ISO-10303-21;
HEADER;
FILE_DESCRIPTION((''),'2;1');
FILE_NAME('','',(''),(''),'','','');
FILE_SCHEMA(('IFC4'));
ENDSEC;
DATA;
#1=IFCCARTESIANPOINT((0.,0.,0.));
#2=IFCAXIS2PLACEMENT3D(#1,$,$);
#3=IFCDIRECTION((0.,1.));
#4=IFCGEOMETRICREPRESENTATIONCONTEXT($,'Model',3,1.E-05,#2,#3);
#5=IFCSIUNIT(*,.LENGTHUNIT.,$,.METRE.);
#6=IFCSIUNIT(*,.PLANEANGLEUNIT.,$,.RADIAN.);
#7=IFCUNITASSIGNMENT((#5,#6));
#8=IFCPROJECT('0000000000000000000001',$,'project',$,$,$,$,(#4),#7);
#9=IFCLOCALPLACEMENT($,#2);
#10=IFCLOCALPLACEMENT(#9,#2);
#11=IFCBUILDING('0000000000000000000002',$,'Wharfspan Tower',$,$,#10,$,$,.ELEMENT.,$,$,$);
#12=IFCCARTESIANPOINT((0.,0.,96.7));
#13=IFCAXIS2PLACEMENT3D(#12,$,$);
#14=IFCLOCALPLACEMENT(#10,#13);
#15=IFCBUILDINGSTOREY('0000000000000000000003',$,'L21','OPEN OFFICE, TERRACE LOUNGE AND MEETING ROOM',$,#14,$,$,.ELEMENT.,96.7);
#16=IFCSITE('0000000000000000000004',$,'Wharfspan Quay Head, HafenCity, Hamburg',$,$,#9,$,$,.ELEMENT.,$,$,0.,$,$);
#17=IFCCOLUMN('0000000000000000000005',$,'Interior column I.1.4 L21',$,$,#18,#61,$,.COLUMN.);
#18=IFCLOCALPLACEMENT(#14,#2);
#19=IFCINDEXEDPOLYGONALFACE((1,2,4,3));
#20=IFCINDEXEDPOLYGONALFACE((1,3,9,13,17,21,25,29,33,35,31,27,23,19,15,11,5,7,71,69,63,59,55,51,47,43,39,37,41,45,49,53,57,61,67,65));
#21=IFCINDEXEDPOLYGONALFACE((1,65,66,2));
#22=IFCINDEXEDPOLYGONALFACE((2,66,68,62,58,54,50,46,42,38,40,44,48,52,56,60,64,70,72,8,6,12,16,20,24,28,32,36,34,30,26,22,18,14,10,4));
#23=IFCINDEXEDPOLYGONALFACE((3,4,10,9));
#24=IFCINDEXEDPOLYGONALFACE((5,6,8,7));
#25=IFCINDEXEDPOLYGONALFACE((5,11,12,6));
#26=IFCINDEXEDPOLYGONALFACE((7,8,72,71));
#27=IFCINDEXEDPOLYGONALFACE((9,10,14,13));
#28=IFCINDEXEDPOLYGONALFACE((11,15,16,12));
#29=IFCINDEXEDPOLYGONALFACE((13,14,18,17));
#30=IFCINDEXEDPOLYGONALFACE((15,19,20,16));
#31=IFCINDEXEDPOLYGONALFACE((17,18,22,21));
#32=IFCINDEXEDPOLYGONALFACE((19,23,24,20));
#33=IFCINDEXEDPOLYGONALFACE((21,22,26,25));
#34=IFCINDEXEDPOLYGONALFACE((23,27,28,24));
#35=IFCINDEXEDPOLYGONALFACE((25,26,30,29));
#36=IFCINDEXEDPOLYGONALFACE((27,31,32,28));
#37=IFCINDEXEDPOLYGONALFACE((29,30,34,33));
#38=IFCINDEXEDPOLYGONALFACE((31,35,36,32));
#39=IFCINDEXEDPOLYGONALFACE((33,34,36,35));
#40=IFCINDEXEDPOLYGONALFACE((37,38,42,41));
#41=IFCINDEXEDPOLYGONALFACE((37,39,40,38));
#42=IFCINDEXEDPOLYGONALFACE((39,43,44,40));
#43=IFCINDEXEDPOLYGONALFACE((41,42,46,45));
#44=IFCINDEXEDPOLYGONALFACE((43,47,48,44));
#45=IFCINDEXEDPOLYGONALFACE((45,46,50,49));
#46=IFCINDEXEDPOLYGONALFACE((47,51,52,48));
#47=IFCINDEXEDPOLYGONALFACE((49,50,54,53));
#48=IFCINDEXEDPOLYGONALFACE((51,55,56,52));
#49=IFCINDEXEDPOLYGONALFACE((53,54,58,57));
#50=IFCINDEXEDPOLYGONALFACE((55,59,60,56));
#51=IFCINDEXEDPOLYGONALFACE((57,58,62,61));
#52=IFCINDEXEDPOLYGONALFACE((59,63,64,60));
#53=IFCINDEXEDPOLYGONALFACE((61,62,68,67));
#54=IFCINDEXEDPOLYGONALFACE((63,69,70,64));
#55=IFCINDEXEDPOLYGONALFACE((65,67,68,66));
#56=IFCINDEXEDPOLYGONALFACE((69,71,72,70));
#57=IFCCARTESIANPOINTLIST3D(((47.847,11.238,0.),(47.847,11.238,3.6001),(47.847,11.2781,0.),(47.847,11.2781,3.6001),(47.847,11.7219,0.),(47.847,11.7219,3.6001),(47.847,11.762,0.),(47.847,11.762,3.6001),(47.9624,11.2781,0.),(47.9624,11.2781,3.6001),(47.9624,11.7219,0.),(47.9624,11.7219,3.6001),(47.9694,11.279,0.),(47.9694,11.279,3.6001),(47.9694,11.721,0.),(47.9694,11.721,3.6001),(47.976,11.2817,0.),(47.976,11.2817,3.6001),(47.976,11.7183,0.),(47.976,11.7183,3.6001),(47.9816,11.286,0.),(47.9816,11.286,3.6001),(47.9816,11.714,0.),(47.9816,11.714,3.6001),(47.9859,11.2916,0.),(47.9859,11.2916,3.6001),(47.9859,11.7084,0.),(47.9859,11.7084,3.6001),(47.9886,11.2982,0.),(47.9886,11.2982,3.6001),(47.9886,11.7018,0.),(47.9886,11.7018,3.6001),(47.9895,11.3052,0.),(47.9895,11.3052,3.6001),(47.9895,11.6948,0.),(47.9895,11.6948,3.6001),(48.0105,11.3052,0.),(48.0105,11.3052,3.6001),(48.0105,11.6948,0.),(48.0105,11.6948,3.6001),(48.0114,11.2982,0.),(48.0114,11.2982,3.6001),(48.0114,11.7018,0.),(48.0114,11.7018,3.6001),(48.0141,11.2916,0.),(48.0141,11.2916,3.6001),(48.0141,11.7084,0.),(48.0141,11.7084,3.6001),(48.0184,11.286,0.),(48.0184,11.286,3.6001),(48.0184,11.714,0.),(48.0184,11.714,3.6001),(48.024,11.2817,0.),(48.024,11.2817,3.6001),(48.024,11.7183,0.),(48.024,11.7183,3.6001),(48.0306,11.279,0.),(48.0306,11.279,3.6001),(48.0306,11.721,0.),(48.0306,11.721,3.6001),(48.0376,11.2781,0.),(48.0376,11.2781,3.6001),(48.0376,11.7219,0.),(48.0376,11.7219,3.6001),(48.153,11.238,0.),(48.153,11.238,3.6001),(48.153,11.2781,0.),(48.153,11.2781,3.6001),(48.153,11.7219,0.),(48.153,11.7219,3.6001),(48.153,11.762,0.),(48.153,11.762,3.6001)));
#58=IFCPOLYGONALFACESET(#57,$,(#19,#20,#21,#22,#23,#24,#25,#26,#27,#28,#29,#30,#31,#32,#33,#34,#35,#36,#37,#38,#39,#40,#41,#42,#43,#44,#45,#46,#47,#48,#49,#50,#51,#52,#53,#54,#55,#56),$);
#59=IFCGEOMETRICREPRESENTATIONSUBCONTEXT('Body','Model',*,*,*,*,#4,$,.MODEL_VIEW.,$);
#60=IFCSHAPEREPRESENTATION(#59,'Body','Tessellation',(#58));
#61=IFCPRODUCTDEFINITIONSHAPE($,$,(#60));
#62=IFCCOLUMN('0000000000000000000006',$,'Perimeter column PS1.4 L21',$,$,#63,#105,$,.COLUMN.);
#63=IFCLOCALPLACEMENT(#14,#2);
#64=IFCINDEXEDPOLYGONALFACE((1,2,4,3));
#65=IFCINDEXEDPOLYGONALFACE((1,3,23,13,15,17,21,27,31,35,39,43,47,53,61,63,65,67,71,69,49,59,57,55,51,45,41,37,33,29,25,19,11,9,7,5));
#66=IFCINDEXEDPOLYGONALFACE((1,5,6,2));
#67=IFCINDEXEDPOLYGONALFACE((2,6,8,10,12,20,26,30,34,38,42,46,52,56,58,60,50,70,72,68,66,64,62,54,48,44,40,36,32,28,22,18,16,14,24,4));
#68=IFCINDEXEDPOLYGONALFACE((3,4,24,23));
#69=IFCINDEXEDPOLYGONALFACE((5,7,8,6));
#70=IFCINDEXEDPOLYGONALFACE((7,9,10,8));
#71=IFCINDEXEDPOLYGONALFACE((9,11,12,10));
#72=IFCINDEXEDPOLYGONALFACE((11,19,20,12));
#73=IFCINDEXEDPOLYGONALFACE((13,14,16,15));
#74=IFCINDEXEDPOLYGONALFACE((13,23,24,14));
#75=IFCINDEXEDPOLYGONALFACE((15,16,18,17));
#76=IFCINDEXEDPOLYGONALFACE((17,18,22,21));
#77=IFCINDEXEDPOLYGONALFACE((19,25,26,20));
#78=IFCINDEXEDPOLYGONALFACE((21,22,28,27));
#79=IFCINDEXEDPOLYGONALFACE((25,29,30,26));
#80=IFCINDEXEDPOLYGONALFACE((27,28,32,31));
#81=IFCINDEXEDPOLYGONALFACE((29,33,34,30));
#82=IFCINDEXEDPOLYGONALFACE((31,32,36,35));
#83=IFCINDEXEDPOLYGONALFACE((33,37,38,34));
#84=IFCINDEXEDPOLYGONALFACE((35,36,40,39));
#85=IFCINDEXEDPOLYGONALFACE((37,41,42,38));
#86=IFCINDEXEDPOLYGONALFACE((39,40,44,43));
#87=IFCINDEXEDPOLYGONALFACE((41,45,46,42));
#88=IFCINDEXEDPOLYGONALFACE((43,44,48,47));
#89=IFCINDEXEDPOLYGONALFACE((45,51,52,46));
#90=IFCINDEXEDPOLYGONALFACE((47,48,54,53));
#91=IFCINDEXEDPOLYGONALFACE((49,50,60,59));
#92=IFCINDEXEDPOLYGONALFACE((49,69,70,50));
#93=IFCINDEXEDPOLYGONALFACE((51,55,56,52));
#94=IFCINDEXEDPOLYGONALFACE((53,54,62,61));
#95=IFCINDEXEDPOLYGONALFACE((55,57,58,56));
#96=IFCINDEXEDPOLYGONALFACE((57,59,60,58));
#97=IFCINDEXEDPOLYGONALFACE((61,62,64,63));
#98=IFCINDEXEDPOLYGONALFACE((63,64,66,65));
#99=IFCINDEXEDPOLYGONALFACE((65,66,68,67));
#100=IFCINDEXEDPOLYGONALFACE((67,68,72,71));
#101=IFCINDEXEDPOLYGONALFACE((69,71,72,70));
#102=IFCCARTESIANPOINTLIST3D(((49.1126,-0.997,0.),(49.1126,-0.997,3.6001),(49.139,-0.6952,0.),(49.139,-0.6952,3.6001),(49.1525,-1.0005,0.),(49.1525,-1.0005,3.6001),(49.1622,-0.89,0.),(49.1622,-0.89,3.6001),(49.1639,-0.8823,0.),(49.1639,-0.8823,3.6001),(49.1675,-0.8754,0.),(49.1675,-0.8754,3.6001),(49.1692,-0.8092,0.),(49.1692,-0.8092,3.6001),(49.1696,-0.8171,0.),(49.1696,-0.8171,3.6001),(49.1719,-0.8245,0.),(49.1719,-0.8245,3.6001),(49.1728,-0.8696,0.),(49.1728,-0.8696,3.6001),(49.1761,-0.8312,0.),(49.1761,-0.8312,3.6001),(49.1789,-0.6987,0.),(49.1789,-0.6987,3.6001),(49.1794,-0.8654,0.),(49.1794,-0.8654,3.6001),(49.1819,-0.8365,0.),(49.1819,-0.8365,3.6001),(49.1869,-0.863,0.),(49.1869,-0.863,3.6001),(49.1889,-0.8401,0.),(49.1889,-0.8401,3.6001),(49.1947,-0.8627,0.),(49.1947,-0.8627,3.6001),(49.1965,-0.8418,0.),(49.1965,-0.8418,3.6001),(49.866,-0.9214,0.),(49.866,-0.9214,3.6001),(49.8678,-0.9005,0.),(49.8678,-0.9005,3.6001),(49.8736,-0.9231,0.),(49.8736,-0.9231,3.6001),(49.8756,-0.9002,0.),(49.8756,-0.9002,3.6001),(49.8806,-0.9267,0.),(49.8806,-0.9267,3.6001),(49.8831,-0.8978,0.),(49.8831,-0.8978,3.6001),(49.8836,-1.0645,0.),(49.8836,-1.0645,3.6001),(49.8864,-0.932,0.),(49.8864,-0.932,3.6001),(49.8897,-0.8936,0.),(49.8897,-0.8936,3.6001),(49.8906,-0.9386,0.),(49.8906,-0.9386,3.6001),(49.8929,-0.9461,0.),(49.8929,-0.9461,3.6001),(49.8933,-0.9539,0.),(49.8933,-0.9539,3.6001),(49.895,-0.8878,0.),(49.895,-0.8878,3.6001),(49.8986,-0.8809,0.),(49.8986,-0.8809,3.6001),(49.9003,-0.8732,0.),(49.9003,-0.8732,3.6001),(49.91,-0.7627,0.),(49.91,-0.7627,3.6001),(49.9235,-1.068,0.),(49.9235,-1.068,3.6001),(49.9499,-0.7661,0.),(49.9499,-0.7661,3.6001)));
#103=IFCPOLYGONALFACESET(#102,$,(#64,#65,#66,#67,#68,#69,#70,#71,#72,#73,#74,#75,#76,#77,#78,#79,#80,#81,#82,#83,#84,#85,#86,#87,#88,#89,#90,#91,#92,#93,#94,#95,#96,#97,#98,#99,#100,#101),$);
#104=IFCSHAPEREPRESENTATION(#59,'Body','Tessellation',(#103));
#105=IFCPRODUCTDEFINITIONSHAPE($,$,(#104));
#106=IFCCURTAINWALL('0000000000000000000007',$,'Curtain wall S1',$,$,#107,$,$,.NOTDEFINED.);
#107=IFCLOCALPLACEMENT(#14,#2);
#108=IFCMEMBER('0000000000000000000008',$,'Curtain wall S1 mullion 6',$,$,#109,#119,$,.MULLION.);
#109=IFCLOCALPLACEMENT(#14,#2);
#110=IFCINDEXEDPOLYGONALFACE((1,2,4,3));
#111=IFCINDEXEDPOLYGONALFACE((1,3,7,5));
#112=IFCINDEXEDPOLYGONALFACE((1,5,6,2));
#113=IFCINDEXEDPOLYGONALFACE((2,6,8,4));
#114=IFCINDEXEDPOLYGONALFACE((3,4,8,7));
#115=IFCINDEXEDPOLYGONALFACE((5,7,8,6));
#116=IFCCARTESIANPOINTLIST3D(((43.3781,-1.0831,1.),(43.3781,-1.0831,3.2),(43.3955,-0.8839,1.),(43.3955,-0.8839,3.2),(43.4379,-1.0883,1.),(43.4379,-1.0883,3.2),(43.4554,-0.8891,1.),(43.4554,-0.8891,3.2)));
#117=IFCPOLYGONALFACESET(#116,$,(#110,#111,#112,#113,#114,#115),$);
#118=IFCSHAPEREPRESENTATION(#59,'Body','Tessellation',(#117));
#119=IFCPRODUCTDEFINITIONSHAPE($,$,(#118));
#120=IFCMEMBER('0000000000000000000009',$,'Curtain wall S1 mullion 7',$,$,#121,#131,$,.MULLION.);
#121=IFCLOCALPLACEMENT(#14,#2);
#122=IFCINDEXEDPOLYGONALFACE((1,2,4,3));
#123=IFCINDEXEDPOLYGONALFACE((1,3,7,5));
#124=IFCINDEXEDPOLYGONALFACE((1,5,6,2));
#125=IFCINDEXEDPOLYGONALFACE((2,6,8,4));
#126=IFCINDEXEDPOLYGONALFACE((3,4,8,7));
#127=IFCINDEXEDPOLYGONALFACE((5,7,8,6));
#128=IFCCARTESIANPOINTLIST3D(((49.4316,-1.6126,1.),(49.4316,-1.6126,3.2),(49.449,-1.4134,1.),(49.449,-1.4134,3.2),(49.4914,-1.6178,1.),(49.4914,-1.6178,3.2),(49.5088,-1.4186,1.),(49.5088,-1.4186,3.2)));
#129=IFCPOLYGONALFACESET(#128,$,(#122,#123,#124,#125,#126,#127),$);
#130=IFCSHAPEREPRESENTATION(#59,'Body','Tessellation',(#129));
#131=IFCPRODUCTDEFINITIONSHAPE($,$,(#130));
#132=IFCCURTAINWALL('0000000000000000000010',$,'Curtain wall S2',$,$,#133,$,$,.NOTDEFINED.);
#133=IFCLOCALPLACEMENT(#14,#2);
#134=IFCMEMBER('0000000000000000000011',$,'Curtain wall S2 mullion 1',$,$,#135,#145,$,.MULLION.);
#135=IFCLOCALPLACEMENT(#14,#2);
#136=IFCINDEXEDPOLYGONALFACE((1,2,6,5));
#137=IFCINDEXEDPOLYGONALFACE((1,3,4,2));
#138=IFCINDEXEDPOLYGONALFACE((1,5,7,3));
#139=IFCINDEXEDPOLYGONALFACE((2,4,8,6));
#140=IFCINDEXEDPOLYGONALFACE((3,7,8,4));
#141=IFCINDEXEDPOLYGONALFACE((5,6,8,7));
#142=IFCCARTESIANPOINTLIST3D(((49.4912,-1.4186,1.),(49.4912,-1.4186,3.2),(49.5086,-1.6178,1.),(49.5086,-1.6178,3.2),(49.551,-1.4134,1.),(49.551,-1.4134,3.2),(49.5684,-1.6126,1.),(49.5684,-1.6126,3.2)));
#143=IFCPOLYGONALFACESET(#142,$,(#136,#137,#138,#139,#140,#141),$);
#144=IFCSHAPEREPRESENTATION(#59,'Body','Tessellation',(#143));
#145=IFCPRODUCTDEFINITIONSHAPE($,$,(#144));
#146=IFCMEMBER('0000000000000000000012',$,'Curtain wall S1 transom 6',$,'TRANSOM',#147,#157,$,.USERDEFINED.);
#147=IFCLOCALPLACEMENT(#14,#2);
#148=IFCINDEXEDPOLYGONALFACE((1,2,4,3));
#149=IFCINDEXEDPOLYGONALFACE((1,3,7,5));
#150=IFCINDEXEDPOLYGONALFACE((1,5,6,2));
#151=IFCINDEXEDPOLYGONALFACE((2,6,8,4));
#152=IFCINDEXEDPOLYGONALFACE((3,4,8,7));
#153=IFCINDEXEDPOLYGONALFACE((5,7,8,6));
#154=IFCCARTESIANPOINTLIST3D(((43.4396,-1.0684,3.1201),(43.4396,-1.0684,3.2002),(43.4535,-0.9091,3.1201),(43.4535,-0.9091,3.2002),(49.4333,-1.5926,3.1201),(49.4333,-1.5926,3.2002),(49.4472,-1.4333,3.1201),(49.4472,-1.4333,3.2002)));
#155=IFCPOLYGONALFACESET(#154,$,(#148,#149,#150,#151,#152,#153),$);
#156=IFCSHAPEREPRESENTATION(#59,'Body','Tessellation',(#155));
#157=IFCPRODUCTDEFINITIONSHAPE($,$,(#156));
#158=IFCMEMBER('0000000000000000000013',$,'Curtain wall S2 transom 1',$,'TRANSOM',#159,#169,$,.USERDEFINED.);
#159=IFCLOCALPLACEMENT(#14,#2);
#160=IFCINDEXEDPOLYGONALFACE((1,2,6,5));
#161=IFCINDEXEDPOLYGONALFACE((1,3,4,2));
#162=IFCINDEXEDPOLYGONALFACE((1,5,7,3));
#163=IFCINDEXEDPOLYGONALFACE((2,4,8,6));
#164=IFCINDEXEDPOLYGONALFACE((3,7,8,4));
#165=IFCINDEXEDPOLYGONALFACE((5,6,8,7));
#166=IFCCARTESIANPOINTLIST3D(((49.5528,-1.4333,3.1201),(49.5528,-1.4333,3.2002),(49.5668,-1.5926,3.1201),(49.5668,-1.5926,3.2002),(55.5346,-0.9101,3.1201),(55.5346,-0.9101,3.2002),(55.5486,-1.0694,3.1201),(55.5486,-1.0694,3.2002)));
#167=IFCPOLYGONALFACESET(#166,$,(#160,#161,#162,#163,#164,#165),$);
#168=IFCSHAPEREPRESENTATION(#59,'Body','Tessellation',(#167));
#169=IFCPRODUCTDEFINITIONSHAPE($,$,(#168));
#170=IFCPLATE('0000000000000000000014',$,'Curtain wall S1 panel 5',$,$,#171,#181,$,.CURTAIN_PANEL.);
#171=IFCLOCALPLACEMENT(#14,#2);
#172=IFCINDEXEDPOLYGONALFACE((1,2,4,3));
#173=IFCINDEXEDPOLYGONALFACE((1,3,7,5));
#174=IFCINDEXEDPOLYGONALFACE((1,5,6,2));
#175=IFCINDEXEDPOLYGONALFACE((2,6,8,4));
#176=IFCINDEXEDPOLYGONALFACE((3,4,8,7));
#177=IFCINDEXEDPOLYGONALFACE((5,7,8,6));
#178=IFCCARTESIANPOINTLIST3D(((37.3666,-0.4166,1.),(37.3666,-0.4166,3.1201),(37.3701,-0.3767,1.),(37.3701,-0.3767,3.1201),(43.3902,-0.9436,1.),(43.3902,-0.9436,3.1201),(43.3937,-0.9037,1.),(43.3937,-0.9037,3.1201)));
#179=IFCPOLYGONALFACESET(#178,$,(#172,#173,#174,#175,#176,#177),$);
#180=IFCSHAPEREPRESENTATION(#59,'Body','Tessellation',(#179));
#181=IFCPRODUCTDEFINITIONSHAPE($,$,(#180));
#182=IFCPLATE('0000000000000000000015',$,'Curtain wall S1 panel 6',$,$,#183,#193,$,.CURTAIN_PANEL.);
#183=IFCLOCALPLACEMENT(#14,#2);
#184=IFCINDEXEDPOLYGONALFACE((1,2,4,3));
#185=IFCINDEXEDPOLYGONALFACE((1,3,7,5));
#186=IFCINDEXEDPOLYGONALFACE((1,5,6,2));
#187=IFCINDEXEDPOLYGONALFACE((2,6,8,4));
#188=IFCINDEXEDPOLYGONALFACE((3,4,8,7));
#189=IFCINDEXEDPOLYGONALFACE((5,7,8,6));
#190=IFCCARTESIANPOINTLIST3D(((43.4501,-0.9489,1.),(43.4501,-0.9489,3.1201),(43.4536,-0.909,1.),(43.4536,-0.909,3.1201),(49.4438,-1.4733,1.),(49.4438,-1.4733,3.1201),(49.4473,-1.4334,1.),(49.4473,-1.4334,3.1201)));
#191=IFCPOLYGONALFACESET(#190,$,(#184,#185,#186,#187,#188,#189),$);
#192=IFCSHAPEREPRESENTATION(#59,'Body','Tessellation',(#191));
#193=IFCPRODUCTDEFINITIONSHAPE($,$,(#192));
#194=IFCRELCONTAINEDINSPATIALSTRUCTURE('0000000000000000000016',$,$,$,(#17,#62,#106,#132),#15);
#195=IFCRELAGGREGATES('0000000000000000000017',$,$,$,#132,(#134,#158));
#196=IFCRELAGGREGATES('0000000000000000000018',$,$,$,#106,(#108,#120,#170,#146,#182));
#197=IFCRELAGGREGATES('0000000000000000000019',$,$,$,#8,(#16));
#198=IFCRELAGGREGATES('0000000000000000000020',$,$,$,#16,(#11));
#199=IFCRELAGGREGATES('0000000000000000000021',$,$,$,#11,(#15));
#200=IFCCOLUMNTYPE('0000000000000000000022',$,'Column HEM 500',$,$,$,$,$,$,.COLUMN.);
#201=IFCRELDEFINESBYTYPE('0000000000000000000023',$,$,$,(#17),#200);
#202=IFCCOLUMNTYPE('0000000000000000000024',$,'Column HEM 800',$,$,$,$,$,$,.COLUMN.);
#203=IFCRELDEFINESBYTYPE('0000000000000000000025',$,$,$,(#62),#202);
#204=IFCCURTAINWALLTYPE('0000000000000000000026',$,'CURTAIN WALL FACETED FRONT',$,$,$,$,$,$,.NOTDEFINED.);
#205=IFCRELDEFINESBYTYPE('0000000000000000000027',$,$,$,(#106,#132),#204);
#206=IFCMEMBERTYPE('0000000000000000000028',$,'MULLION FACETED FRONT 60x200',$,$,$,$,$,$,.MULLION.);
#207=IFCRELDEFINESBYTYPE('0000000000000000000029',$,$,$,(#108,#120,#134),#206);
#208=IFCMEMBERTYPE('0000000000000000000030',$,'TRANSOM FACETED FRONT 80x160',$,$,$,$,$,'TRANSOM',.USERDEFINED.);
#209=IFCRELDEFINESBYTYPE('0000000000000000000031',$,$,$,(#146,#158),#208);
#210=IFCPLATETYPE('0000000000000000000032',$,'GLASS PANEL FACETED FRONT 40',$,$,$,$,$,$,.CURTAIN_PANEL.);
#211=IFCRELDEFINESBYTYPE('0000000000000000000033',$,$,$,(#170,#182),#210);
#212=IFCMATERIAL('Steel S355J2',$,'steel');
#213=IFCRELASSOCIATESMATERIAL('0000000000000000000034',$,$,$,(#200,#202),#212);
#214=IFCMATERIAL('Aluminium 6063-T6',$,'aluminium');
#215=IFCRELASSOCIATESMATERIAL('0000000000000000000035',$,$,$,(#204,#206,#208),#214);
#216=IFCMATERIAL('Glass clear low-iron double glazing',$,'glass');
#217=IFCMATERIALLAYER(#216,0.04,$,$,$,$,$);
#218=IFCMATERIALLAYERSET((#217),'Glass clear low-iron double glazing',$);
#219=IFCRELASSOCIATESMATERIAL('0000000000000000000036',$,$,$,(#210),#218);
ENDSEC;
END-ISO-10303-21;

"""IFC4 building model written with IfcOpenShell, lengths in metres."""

from ifc_helpers import new_model, si_unit, direction, frame, origin, origin_2d, place, context, subcontext, project, spatial, rectangle, i_section, extrude, material, layer, layer_set, material_profile, profile_set, type_object, element, aggregate, save


model = new_model("IFC4")

# Units and contexts
model_context = context("Model", 3, precision=1e-05, world=origin(), true_north=direction((0.0, 1.0)))
body_context = subcontext(model_context, "Body", "Model", "MODEL_VIEW")
ifc_project = project(units=[si_unit("LENGTHUNIT", "METRE"), si_unit("PLANEANGLEUNIT", "RADIAN")], contexts=[model_context])

# Site, building, storey
site_placement = place(None, origin())
site = spatial("IfcSite", under=ifc_project, at=site_placement, Name="Wharfspan Quay Head, HafenCity, Hamburg", CompositionType="ELEMENT", RefElevation=0.0)
building_placement = place(site_placement, origin())
building = spatial("IfcBuilding", under=site, at=building_placement, Name="Wharfspan Tower", CompositionType="ELEMENT")
storey_placement = place(building_placement, frame((0.0, 0.0, 96.7)))
storey = spatial("IfcBuildingStorey", under=building, at=storey_placement, Name="L21", Description="OPEN OFFICE, TERRACE LOUNGE AND MEETING ROOM", CompositionType="ELEMENT", Elevation=96.7)

# Columns
ifc_material_1 = material(Name="Steel S355J2", Category="steel")
ifc_material_profile_1 = material_profile(ifc_material_1, i_section(OverallWidth=0.3059, OverallDepth=0.5239, WebThickness=0.021, FlangeThickness=0.04, FilletRadius=0.0271, at=origin_2d()))
ifc_profile_set_1 = profile_set([ifc_material_profile_1], Name="Steel S355J2")
column_type_1 = type_object("IfcColumnType", Name="Column HEM 500", PredefinedType="COLUMN", material=ifc_profile_set_1)
column_1_placement = place(storey_placement, frame((48.0, 11.5, 0.0), z_axis=(0.0, 0.0, 1.0), x_axis=(1.0, 0.0, 0.0)))
element("IfcColumn", 1, at=column_1_placement, inside=storey, type_object=column_type_1, Name="Interior column I.1.4 L21", PredefinedType="COLUMN", context=body_context, shape_type="SweptSolid", body=[
    extrude(i_section(OverallWidth=0.3059, OverallDepth=0.5239, WebThickness=0.021, FlangeThickness=0.04, FilletRadius=0.0271, at=origin_2d()), origin(), (0.0, 0.0, 1.0), 3.6001),
])
ifc_material_profile_2 = material_profile(ifc_material_1, i_section(OverallWidth=0.303, OverallDepth=0.814, WebThickness=0.021, FlangeThickness=0.04, FilletRadius=0.03, at=origin_2d()))
ifc_profile_set_2 = profile_set([ifc_material_profile_2], Name="Steel S355J2")
column_type_2 = type_object("IfcColumnType", Name="Column HEM 800", PredefinedType="COLUMN", material=ifc_profile_set_2)
column_2_placement = place(storey_placement, frame((49.5312, -0.8816, 0.0), z_axis=(0.0, 0.0, 1.0), x_axis=(-0.087156, -0.996198, 0.0)))
element("IfcColumn", 2, at=column_2_placement, inside=storey, type_object=column_type_2, Name="Perimeter column PS1.4 L21", PredefinedType="COLUMN", context=body_context, shape_type="SweptSolid", body=[
    extrude(i_section(OverallWidth=0.303, OverallDepth=0.814, WebThickness=0.021, FlangeThickness=0.04, FilletRadius=0.03, at=origin_2d()), origin(), (0.0, 0.0, 1.0), 3.6001),
])

# Curtain wall, members
ifc_material_2 = material(Name="Aluminium 6063-T6", Category="aluminium")
curtain_wall_type = type_object("IfcCurtainWallType", Name="CURTAIN WALL FACETED FRONT", PredefinedType="NOTDEFINED", material=ifc_material_2)
curtain_wall_1_placement = place(storey_placement, origin())
curtain_wall_1 = element("IfcCurtainWall", 3, at=curtain_wall_1_placement, inside=storey, type_object=curtain_wall_type, Name="Curtain wall S1", PredefinedType="NOTDEFINED")
ifc_material_profile_3 = material_profile(ifc_material_2, rectangle(XDim=0.2, YDim=0.0601, at=origin_2d()))
ifc_profile_set_3 = profile_set([ifc_material_profile_3], Name="Aluminium 6063-T6")
member_type_1 = type_object("IfcMemberType", Name="MULLION FACETED FRONT 60x200", PredefinedType="MULLION", material=ifc_profile_set_3)
member_1_placement = place(storey_placement, frame((43.4167, -0.9861, 1.0), z_axis=(0.0, 0.0, 1.0), x_axis=(0.087156, 0.996198, 0.0)))
member_1 = element("IfcMember", 4, at=member_1_placement, type_object=member_type_1, Name="Curtain wall S1 mullion 6", PredefinedType="MULLION", context=body_context, shape_type="SweptSolid", body=[
    extrude(rectangle(XDim=0.2, YDim=0.0601, at=origin_2d()), origin(), (0.0, 0.0, 1.0), 2.2),
])
member_2_placement = place(storey_placement, frame((49.4702, -1.5156, 1.0), z_axis=(0.0, 0.0, 1.0), x_axis=(0.087156, 0.996198, 0.0)))
member_2 = element("IfcMember", 5, at=member_2_placement, type_object=member_type_1, Name="Curtain wall S1 mullion 7", PredefinedType="MULLION", context=body_context, shape_type="SweptSolid", body=[
    extrude(rectangle(XDim=0.2, YDim=0.0601, at=origin_2d()), origin(), (0.0, 0.0, 1.0), 2.2),
])

# Curtain wall, member
curtain_wall_2_placement = place(storey_placement, origin())
curtain_wall_2 = element("IfcCurtainWall", 6, at=curtain_wall_2_placement, inside=storey, type_object=curtain_wall_type, Name="Curtain wall S2", PredefinedType="NOTDEFINED")
member_3_placement = place(storey_placement, frame((49.5298, -1.5156, 1.0), z_axis=(0.0, 0.0, 1.0), x_axis=(-0.087156, 0.996198, 0.0)))
member_3 = element("IfcMember", 7, at=member_3_placement, type_object=member_type_1, Name="Curtain wall S2 mullion 1", PredefinedType="MULLION", context=body_context, shape_type="SweptSolid", body=[
    extrude(rectangle(XDim=0.2, YDim=0.0601, at=origin_2d()), origin(), (0.0, 0.0, 1.0), 2.2),
])

# Members
ifc_material_profile_4 = material_profile(ifc_material_2, rectangle(XDim=0.1599, YDim=0.0801, at=origin_2d()))
ifc_profile_set_4 = profile_set([ifc_material_profile_4], Name="Aluminium 6063-T6")
member_type_2 = type_object("IfcMemberType", Name="TRANSOM FACETED FRONT 80x160", ElementType="TRANSOM", PredefinedType="USERDEFINED", material=ifc_profile_set_4)
member_4_placement = place(storey_placement, frame((43.4465, -0.9888, 3.1602), z_axis=(0.996198, -0.087122, 0.0), x_axis=(0.087122, 0.996198, 0.0)))
member_4 = element("IfcMember", 8, at=member_4_placement, type_object=member_type_2, Name="Curtain wall S1 transom 6", ObjectType="TRANSOM", PredefinedType="USERDEFINED", context=body_context, shape_type="SweptSolid", body=[
    extrude(rectangle(XDim=0.1599, YDim=0.0801, at=origin_2d()), origin(), (0.0, 0.0, 1.0), 6.0166),
])
member_5_placement = place(storey_placement, frame((49.5598, -1.5129, 3.1602), z_axis=(0.996197, 0.087133, 0.0), x_axis=(-0.087133, 0.996197, 0.0)))
member_5 = element("IfcMember", 9, at=member_5_placement, type_object=member_type_2, Name="Curtain wall S2 transom 1", ObjectType="TRANSOM", PredefinedType="USERDEFINED", context=body_context, shape_type="SweptSolid", body=[
    extrude(rectangle(XDim=0.1599, YDim=0.0801, at=origin_2d()), origin(), (0.0, 0.0, 1.0), 6.0046),
])
aggregate(curtain_wall_2, [member_3, member_5])

# Plates
ifc_material_3 = material(Name="Glass clear low-iron double glazing", Category="glass")
ifc_layer_1 = layer(ifc_material_3, 0.04)
ifc_layer_set_1 = layer_set([ifc_layer_1], Name="Glass clear low-iron double glazing")
plate_type = type_object("IfcPlateType", Name="GLASS PANEL FACETED FRONT 40", PredefinedType="CURTAIN_PANEL", material=ifc_layer_set_1)
plate_1_placement = place(storey_placement, frame((40.3801, -0.6602, 1.0), z_axis=(0.0, 0.0, 1.0), x_axis=(0.996198, -0.087156, 0.0)))
plate_1 = element("IfcPlate", 10, at=plate_1_placement, type_object=plate_type, Name="Curtain wall S1 panel 5", PredefinedType="CURTAIN_PANEL", context=body_context, shape_type="SweptSolid", body=[
    extrude(rectangle(XDim=6.0466, YDim=0.04, at=origin_2d()), origin(), (0.0, 0.0, 1.0), 2.1201),
])
plate_2_placement = place(storey_placement, frame((46.4487, -1.1912, 1.0), z_axis=(0.0, 0.0, 1.0), x_axis=(0.996198, -0.087156, 0.0)))
plate_2 = element("IfcPlate", 11, at=plate_2_placement, type_object=plate_type, Name="Curtain wall S1 panel 6", PredefinedType="CURTAIN_PANEL", context=body_context, shape_type="SweptSolid", body=[
    extrude(rectangle(XDim=6.0166, YDim=0.04, at=origin_2d()), origin(), (0.0, 0.0, 1.0), 2.1201),
])
aggregate(curtain_wall_1, [member_1, member_2, plate_1, member_4, plate_2])

save(model, "model.ifc")
